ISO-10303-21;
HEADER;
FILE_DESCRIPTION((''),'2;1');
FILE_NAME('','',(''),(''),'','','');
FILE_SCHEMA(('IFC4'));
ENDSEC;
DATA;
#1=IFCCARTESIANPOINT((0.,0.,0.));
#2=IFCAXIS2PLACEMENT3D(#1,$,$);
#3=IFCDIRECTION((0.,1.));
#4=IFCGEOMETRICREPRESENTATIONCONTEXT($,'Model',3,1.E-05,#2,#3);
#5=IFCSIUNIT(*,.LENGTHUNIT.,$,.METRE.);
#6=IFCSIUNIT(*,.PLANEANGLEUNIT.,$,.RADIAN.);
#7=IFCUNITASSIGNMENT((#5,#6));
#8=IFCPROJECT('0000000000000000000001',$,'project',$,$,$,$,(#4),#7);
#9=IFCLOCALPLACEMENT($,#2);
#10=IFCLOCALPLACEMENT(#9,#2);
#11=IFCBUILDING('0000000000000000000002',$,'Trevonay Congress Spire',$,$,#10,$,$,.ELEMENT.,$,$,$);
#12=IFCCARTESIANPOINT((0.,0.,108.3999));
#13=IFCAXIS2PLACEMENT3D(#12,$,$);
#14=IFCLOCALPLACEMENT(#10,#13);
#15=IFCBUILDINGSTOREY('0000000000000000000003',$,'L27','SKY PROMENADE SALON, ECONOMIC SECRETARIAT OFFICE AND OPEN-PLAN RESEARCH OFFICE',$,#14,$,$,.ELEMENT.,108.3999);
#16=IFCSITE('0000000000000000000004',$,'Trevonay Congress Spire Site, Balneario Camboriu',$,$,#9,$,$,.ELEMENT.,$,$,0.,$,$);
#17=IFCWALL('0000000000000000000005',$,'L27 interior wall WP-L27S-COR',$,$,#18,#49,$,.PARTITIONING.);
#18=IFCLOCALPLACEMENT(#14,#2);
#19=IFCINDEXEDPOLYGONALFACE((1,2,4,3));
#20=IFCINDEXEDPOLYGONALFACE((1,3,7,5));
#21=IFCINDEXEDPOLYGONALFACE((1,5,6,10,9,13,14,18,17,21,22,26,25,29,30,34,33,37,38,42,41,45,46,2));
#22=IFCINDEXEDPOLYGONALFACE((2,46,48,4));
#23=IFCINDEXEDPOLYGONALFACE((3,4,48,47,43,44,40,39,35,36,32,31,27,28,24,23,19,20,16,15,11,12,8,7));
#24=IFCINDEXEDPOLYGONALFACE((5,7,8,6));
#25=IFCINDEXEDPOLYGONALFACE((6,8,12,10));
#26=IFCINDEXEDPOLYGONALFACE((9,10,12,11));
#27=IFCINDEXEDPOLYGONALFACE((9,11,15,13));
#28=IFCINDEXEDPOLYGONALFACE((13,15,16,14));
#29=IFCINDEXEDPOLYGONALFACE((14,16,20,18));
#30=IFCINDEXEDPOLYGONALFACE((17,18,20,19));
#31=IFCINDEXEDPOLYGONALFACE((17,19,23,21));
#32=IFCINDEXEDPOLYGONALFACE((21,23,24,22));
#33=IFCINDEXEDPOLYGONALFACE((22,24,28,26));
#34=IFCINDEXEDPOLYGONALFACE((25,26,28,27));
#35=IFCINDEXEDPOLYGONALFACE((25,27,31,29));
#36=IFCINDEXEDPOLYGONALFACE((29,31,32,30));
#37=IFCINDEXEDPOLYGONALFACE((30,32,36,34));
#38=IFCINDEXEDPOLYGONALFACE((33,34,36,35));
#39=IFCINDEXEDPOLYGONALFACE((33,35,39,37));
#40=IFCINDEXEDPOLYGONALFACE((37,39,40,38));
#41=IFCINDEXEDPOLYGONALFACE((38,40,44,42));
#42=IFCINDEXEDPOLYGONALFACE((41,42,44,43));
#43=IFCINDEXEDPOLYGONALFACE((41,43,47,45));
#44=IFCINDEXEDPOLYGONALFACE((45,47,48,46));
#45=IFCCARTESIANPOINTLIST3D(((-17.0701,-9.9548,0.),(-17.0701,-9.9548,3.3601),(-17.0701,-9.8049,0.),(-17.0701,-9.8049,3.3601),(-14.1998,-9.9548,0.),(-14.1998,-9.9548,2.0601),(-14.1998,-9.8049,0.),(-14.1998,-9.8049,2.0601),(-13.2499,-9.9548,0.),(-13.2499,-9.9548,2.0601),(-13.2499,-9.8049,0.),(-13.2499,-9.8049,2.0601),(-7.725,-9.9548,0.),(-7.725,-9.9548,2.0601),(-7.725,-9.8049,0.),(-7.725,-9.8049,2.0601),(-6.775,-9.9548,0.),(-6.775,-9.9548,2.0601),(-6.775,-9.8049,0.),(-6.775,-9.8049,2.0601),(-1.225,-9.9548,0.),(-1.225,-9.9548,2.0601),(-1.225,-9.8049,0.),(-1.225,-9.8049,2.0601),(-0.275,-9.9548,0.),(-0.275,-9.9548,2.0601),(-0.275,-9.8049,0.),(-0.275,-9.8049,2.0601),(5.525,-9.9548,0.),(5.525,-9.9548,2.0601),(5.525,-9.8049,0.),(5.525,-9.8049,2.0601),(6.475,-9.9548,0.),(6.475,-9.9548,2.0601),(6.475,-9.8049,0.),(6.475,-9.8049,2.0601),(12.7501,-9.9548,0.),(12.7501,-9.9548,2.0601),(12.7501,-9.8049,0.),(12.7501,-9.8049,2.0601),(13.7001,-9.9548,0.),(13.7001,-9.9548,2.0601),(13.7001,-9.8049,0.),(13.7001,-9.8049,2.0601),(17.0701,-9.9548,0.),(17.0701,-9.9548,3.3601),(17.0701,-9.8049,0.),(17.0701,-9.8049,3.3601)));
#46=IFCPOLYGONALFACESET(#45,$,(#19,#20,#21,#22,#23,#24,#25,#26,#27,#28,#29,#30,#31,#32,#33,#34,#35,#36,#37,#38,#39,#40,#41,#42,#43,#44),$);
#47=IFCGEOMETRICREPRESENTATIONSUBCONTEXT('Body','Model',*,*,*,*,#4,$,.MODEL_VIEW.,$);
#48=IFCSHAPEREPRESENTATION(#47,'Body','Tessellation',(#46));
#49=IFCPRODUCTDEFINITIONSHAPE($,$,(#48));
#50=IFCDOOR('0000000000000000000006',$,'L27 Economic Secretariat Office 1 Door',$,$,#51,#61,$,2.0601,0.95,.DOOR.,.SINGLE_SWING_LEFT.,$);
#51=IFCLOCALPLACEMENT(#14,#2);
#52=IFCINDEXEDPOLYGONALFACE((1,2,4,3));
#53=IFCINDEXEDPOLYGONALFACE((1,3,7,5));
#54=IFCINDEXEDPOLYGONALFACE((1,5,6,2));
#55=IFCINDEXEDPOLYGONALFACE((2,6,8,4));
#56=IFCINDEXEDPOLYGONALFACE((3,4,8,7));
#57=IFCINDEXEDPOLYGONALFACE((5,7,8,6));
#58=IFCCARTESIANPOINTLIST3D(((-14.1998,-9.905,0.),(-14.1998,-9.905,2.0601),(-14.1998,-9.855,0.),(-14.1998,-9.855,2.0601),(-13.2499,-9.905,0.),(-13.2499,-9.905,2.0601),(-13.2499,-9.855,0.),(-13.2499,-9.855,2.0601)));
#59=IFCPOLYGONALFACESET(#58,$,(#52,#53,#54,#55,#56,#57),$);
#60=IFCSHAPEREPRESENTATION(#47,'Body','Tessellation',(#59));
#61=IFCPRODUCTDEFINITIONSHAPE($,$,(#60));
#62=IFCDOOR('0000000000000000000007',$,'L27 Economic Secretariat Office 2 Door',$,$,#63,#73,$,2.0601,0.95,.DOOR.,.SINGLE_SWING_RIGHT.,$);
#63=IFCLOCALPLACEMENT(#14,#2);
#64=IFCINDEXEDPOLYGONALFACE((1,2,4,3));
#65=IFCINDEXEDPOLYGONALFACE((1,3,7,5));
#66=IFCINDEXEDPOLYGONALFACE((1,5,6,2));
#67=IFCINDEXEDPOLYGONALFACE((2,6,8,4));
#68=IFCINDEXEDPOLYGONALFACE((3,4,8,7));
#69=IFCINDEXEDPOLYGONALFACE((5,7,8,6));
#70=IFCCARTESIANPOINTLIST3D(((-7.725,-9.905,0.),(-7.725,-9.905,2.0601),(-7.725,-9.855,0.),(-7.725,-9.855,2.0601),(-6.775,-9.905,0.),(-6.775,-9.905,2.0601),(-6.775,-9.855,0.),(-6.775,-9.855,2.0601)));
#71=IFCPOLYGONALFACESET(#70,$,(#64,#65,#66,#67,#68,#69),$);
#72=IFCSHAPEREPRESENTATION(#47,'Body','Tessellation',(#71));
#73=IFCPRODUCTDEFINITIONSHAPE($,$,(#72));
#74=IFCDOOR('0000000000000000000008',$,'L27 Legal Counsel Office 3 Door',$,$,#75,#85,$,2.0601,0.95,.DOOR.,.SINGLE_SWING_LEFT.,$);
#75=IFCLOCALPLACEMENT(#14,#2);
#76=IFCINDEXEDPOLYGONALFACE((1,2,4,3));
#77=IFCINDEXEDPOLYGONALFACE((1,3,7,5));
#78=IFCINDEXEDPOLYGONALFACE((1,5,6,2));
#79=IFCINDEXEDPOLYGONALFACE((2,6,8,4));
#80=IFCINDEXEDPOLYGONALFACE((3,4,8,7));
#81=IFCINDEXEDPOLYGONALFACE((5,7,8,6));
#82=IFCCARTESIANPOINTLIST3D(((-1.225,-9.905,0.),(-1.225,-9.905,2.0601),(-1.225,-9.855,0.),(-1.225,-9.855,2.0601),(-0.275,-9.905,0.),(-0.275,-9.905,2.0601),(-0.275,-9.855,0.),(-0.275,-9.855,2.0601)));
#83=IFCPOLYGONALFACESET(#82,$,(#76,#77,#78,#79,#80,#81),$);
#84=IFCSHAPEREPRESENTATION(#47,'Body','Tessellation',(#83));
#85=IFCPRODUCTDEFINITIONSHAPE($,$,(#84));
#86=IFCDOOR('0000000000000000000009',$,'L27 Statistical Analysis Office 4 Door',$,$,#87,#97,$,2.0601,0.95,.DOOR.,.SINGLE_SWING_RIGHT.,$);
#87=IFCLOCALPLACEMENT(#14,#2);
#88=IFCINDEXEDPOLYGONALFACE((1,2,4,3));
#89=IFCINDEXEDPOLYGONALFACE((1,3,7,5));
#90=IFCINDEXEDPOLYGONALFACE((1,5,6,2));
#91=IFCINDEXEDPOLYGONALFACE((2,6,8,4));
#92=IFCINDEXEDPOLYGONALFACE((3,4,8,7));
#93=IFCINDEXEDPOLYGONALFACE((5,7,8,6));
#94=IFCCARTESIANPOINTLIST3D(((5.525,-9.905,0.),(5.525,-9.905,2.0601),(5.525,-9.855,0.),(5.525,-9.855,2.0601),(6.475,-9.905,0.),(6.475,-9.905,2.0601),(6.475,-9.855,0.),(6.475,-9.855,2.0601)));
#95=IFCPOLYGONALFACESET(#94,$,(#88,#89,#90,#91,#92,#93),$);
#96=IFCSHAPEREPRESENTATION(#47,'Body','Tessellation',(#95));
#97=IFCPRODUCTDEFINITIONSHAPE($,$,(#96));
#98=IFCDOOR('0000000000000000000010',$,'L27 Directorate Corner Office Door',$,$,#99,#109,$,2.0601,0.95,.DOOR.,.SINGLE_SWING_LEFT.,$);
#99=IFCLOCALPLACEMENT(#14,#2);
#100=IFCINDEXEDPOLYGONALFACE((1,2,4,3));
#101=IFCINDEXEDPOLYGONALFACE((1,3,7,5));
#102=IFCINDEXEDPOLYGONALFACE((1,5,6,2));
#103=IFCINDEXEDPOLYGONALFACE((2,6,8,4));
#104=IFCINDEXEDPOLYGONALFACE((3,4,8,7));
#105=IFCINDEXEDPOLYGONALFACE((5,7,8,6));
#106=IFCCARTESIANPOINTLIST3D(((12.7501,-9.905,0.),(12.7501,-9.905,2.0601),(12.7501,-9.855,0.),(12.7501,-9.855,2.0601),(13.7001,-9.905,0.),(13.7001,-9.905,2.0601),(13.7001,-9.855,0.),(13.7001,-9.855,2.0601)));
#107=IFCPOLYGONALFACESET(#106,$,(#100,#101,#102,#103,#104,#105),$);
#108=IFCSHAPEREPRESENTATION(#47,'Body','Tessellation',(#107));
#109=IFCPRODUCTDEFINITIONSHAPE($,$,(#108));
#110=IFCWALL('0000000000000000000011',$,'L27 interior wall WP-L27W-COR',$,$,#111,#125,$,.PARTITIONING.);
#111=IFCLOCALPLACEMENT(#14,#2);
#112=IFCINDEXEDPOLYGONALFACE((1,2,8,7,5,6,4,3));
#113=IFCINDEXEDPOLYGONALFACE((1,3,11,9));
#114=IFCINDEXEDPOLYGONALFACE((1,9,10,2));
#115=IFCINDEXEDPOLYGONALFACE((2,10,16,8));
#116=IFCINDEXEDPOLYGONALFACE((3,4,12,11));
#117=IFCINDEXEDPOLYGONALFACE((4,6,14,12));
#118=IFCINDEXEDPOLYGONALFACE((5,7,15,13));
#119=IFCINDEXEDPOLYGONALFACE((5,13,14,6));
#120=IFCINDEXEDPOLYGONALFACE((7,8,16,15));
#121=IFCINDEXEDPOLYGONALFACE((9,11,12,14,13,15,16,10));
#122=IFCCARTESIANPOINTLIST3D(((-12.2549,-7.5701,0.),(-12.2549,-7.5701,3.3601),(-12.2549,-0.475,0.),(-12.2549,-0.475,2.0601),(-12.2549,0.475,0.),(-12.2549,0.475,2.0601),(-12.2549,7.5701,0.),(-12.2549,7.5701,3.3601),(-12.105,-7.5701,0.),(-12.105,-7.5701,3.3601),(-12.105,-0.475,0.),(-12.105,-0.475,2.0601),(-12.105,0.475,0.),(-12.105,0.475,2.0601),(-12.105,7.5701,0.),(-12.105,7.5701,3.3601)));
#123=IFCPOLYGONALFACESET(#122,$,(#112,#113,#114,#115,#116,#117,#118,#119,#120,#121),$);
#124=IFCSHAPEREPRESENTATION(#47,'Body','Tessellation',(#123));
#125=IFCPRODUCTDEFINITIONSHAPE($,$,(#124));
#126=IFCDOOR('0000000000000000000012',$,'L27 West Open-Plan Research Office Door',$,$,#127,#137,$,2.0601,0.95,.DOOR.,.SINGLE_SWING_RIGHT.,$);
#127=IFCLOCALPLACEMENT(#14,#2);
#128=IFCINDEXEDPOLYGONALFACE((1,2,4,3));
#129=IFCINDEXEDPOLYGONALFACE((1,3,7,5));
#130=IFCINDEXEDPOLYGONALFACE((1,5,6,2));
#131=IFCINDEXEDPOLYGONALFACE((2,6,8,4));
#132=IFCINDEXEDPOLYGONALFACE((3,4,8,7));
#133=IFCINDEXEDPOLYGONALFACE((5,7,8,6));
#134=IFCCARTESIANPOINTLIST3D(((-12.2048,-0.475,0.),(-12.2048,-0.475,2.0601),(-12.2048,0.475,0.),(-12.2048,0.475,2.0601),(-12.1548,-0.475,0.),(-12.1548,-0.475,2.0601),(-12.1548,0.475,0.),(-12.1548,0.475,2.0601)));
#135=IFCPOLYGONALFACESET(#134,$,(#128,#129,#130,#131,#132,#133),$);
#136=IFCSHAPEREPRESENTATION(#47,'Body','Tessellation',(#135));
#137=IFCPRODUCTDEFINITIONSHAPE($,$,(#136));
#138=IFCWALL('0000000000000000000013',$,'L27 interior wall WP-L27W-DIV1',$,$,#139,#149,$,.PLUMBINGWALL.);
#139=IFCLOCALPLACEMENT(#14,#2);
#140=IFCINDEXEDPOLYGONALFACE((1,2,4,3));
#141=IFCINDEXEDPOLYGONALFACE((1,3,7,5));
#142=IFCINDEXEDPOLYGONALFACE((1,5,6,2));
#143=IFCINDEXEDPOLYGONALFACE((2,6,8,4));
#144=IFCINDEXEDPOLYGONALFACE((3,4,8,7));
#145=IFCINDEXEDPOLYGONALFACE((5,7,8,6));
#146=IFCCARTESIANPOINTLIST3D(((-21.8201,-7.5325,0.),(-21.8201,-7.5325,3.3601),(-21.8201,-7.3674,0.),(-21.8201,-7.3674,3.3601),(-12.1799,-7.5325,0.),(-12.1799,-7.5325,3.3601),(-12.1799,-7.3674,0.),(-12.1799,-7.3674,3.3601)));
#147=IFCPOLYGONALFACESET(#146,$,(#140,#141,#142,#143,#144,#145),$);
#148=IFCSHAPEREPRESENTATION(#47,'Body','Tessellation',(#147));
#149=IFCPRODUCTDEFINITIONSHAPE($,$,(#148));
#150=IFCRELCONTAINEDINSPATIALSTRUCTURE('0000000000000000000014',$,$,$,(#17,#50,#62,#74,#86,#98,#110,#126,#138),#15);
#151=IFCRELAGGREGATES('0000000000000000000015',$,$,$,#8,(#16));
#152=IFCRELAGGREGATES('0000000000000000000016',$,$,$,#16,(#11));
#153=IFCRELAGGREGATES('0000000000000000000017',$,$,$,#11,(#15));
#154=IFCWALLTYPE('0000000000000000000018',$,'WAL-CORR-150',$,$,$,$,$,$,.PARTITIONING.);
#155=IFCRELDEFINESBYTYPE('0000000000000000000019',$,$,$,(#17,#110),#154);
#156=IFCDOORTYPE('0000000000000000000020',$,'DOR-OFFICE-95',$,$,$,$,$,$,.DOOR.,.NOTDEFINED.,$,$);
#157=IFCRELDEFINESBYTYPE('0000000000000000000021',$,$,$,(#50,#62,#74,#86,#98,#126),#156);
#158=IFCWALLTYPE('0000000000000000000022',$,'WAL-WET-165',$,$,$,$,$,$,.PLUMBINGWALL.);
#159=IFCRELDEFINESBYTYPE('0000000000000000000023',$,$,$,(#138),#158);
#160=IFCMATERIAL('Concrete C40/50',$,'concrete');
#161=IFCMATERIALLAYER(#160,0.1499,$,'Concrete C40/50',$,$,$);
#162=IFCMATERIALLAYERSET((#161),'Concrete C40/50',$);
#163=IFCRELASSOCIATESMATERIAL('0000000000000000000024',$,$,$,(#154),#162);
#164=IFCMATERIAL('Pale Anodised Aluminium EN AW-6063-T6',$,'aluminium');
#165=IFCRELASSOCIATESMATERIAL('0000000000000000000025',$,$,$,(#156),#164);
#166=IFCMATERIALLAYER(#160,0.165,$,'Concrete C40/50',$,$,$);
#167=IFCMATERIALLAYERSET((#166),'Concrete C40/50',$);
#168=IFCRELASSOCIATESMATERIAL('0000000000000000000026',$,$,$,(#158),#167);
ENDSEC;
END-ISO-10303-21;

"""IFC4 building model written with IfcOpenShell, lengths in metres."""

from ifc_helpers import new_model, si_unit, direction, frame, frame_2d, origin, place, context, subcontext, project, spatial, rectangle, extrude, material, layer, layer_set, type_object, element, fill, save


model = new_model("IFC4")

# Units and contexts
model_context = context("Model", 3, precision=1e-05, world=origin(), true_north=direction((0.0, 1.0)))
body_context = subcontext(model_context, "Body", "Model", "MODEL_VIEW")
ifc_project = project(units=[si_unit("LENGTHUNIT", "METRE"), si_unit("PLANEANGLEUNIT", "RADIAN")], contexts=[model_context])

# Site, building, storey
site_placement = place(None, origin())
site = spatial("IfcSite", under=ifc_project, at=site_placement, Name="Trevonay Congress Spire Site, Balneario Camboriu", CompositionType="ELEMENT", RefElevation=0.0)
building_placement = place(site_placement, origin())
building = spatial("IfcBuilding", under=site, at=building_placement, Name="Trevonay Congress Spire", CompositionType="ELEMENT")
storey_placement = place(building_placement, frame((0.0, 0.0, 108.3999)))
storey = spatial("IfcBuildingStorey", under=building, at=storey_placement, Name="L27", Description="SKY PROMENADE SALON, ECONOMIC SECRETARIAT OFFICE AND OPEN-PLAN RESEARCH OFFICE", CompositionType="ELEMENT", Elevation=108.3999)

# Shared definitions
ifc_material_1 = material(Name="Pale Anodised Aluminium EN AW-6063-T6", Category="aluminium")

# Wall, openings, doors
ifc_material_2 = material(Name="Concrete C40/50", Category="concrete")
ifc_layer_1 = layer(ifc_material_2, 0.1499, Name="Concrete C40/50")
ifc_layer_set_1 = layer_set([ifc_layer_1], Name="Concrete C40/50")
wall_type_1 = type_object("IfcWallType", Name="WAL-CORR-150", PredefinedType="PARTITIONING", material=ifc_layer_set_1)
wall_1_placement = place(storey_placement, frame((-17.0701, -9.8799, 0.0), z_axis=(0.0, 0.0, 1.0), x_axis=(1.0, 0.0, 0.0)))
wall_1 = element("IfcWall", 1, at=wall_1_placement, inside=storey, type_object=wall_type_1, Name="L27 interior wall WP-L27S-COR", PredefinedType="PARTITIONING", context=body_context, shape_type="SweptSolid", body=[
    extrude(rectangle(XDim=34.1401, YDim=0.1499, at=frame_2d((17.0701, 0.0))), origin(), (0.0, 0.0, 1.0), 3.3601),
])
opening_1_placement = place(wall_1_placement, frame((2.8701, 0.0, 0.0)))
opening_1 = element("IfcOpeningElement", 2, at=opening_1_placement, cuts=wall_1, PredefinedType="OPENING", context=body_context, shape_type="SweptSolid", body=[
    extrude(rectangle(XDim=0.95, YDim=2.0601, at=frame_2d((0.4751, 1.03))), frame((0.0, 0.085, 0.0), z_axis=(0.0, -1.0, 0.0), x_axis=(1.0, 0.0, 0.0)), (0.0, 0.0, 1.0), 0.1699),
])
opening_2_placement = place(wall_1_placement, frame((9.345, 0.0, 0.0)))
opening_2 = element("IfcOpeningElement", 3, at=opening_2_placement, cuts=wall_1, PredefinedType="OPENING", context=body_context, shape_type="SweptSolid", body=[
    extrude(rectangle(XDim=0.95, YDim=2.0601, at=frame_2d((0.4751, 1.03))), frame((0.0, 0.085, 0.0), z_axis=(0.0, -1.0, 0.0), x_axis=(1.0, 0.0, 0.0)), (0.0, 0.0, 1.0), 0.1699),
])
opening_3_placement = place(wall_1_placement, frame((15.845, 0.0, 0.0)))
opening_3 = element("IfcOpeningElement", 4, at=opening_3_placement, cuts=wall_1, PredefinedType="OPENING", context=body_context, shape_type="SweptSolid", body=[
    extrude(rectangle(XDim=0.95, YDim=2.0601, at=frame_2d((0.4751, 1.03))), frame((0.0, 0.085, 0.0), z_axis=(0.0, -1.0, 0.0), x_axis=(1.0, 0.0, 0.0)), (0.0, 0.0, 1.0), 0.1699),
])
opening_4_placement = place(wall_1_placement, frame((22.595, 0.0, 0.0)))
opening_4 = element("IfcOpeningElement", 5, at=opening_4_placement, cuts=wall_1, PredefinedType="OPENING", context=body_context, shape_type="SweptSolid", body=[
    extrude(rectangle(XDim=0.95, YDim=2.0601, at=frame_2d((0.4751, 1.03))), frame((0.0, 0.085, 0.0), z_axis=(0.0, -1.0, 0.0), x_axis=(1.0, 0.0, 0.0)), (0.0, 0.0, 1.0), 0.1699),
])
opening_5_placement = place(wall_1_placement, frame((29.8201, 0.0, 0.0)))
opening_5 = element("IfcOpeningElement", 6, at=opening_5_placement, cuts=wall_1, PredefinedType="OPENING", context=body_context, shape_type="SweptSolid", body=[
    extrude(rectangle(XDim=0.95, YDim=2.0601, at=frame_2d((0.4751, 1.03))), frame((0.0, 0.085, 0.0), z_axis=(0.0, -1.0, 0.0), x_axis=(1.0, 0.0, 0.0)), (0.0, 0.0, 1.0), 0.1699),
])
door_type = type_object("IfcDoorType", Name="DOR-OFFICE-95", OperationType="NOTDEFINED", PredefinedType="DOOR", material=ifc_material_1)
door_1_placement = place(opening_1_placement, origin())
door_1 = element("IfcDoor", 7, at=door_1_placement, inside=storey, type_object=door_type, Name="L27 Economic Secretariat Office 1 Door", OperationType="SINGLE_SWING_LEFT", OverallHeight=2.0601, OverallWidth=0.95, PredefinedType="DOOR", context=body_context, shape_type="SweptSolid", body=[
    extrude(rectangle(XDim=0.95, YDim=2.0601, at=frame_2d((0.4751, 1.03))), frame((0.0, 0.0249, 0.0), z_axis=(0.0, -1.0, 0.0), x_axis=(1.0, 0.0, 0.0)), (0.0, 0.0, 1.0), 0.05),
])
fill(opening_1, door_1)
door_2_placement = place(opening_2_placement, origin())
door_2 = element("IfcDoor", 8, at=door_2_placement, inside=storey, type_object=door_type, Name="L27 Economic Secretariat Office 2 Door", OperationType="SINGLE_SWING_RIGHT", OverallHeight=2.0601, OverallWidth=0.95, PredefinedType="DOOR", context=body_context, shape_type="SweptSolid", body=[
    extrude(rectangle(XDim=0.95, YDim=2.0601, at=frame_2d((0.4751, 1.03))), frame((0.0, 0.0249, 0.0), z_axis=(0.0, -1.0, 0.0), x_axis=(1.0, 0.0, 0.0)), (0.0, 0.0, 1.0), 0.05),
])
fill(opening_2, door_2)
door_3_placement = place(opening_3_placement, origin())
door_3 = element("IfcDoor", 9, at=door_3_placement, inside=storey, type_object=door_type, Name="L27 Legal Counsel Office 3 Door", OperationType="SINGLE_SWING_LEFT", OverallHeight=2.0601, OverallWidth=0.95, PredefinedType="DOOR", context=body_context, shape_type="SweptSolid", body=[
    extrude(rectangle(XDim=0.95, YDim=2.0601, at=frame_2d((0.4751, 1.03))), frame((0.0, 0.0249, 0.0), z_axis=(0.0, -1.0, 0.0), x_axis=(1.0, 0.0, 0.0)), (0.0, 0.0, 1.0), 0.05),
])
fill(opening_3, door_3)
door_4_placement = place(opening_4_placement, origin())
door_4 = element("IfcDoor", 10, at=door_4_placement, inside=storey, type_object=door_type, Name="L27 Statistical Analysis Office 4 Door", OperationType="SINGLE_SWING_RIGHT", OverallHeight=2.0601, OverallWidth=0.95, PredefinedType="DOOR", context=body_context, shape_type="SweptSolid", body=[
    extrude(rectangle(XDim=0.95, YDim=2.0601, at=frame_2d((0.4751, 1.03))), frame((0.0, 0.0249, 0.0), z_axis=(0.0, -1.0, 0.0), x_axis=(1.0, 0.0, 0.0)), (0.0, 0.0, 1.0), 0.05),
])
fill(opening_4, door_4)
door_5_placement = place(opening_5_placement, origin())
door_5 = element("IfcDoor", 11, at=door_5_placement, inside=storey, type_object=door_type, Name="L27 Directorate Corner Office Door", OperationType="SINGLE_SWING_LEFT", OverallHeight=2.0601, OverallWidth=0.95, PredefinedType="DOOR", context=body_context, shape_type="SweptSolid", body=[
    extrude(rectangle(XDim=0.95, YDim=2.0601, at=frame_2d((0.4751, 1.03))), frame((0.0, 0.0249, 0.0), z_axis=(0.0, -1.0, 0.0), x_axis=(1.0, 0.0, 0.0)), (0.0, 0.0, 1.0), 0.05),
])
fill(opening_5, door_5)

# Wall, opening, door
wall_2_placement = place(storey_placement, frame((-12.1799, -7.5701, 0.0), z_axis=(0.0, 0.0, 1.0), x_axis=(0.0, 1.0, 0.0)))
wall_2 = element("IfcWall", 12, at=wall_2_placement, inside=storey, type_object=wall_type_1, Name="L27 interior wall WP-L27W-COR", PredefinedType="PARTITIONING", context=body_context, shape_type="SweptSolid", body=[
    extrude(rectangle(XDim=15.1401, YDim=0.1499, at=frame_2d((7.5701, 0.0))), origin(), (0.0, 0.0, 1.0), 3.3601),
])
opening_6_placement = place(wall_2_placement, frame((7.095, 0.0, 0.0)))
opening_6 = element("IfcOpeningElement", 13, at=opening_6_placement, cuts=wall_2, PredefinedType="OPENING", context=body_context, shape_type="SweptSolid", body=[
    extrude(rectangle(XDim=0.95, YDim=2.0601, at=frame_2d((0.4751, 1.03))), frame((0.0, 0.085, 0.0), z_axis=(0.0, -1.0, 0.0), x_axis=(1.0, 0.0, 0.0)), (0.0, 0.0, 1.0), 0.1699),
])
door_6_placement = place(opening_6_placement, origin())
door_6 = element("IfcDoor", 14, at=door_6_placement, inside=storey, type_object=door_type, Name="L27 West Open-Plan Research Office Door", OperationType="SINGLE_SWING_RIGHT", OverallHeight=2.0601, OverallWidth=0.95, PredefinedType="DOOR", context=body_context, shape_type="SweptSolid", body=[
    extrude(rectangle(XDim=0.95, YDim=2.0601, at=frame_2d((0.4751, 1.03))), frame((0.0, 0.0249, 0.0), z_axis=(0.0, -1.0, 0.0), x_axis=(1.0, 0.0, 0.0)), (0.0, 0.0, 1.0), 0.05),
])
fill(opening_6, door_6)

# Wall
ifc_layer_2 = layer(ifc_material_2, 0.165, Name="Concrete C40/50")
ifc_layer_set_2 = layer_set([ifc_layer_2], Name="Concrete C40/50")
wall_type_2 = type_object("IfcWallType", Name="WAL-WET-165", PredefinedType="PLUMBINGWALL", material=ifc_layer_set_2)
wall_3_placement = place(storey_placement, frame((-21.8201, -7.45, 0.0), z_axis=(0.0, 0.0, 1.0), x_axis=(1.0, 0.0, 0.0)))
element("IfcWall", 15, at=wall_3_placement, inside=storey, type_object=wall_type_2, Name="L27 interior wall WP-L27W-DIV1", PredefinedType="PLUMBINGWALL", context=body_context, shape_type="SweptSolid", body=[
    extrude(rectangle(XDim=9.6401, YDim=0.165, at=frame_2d((4.8201, 0.0))), origin(), (0.0, 0.0, 1.0), 3.3601),
])

save(model, "model.ifc")
